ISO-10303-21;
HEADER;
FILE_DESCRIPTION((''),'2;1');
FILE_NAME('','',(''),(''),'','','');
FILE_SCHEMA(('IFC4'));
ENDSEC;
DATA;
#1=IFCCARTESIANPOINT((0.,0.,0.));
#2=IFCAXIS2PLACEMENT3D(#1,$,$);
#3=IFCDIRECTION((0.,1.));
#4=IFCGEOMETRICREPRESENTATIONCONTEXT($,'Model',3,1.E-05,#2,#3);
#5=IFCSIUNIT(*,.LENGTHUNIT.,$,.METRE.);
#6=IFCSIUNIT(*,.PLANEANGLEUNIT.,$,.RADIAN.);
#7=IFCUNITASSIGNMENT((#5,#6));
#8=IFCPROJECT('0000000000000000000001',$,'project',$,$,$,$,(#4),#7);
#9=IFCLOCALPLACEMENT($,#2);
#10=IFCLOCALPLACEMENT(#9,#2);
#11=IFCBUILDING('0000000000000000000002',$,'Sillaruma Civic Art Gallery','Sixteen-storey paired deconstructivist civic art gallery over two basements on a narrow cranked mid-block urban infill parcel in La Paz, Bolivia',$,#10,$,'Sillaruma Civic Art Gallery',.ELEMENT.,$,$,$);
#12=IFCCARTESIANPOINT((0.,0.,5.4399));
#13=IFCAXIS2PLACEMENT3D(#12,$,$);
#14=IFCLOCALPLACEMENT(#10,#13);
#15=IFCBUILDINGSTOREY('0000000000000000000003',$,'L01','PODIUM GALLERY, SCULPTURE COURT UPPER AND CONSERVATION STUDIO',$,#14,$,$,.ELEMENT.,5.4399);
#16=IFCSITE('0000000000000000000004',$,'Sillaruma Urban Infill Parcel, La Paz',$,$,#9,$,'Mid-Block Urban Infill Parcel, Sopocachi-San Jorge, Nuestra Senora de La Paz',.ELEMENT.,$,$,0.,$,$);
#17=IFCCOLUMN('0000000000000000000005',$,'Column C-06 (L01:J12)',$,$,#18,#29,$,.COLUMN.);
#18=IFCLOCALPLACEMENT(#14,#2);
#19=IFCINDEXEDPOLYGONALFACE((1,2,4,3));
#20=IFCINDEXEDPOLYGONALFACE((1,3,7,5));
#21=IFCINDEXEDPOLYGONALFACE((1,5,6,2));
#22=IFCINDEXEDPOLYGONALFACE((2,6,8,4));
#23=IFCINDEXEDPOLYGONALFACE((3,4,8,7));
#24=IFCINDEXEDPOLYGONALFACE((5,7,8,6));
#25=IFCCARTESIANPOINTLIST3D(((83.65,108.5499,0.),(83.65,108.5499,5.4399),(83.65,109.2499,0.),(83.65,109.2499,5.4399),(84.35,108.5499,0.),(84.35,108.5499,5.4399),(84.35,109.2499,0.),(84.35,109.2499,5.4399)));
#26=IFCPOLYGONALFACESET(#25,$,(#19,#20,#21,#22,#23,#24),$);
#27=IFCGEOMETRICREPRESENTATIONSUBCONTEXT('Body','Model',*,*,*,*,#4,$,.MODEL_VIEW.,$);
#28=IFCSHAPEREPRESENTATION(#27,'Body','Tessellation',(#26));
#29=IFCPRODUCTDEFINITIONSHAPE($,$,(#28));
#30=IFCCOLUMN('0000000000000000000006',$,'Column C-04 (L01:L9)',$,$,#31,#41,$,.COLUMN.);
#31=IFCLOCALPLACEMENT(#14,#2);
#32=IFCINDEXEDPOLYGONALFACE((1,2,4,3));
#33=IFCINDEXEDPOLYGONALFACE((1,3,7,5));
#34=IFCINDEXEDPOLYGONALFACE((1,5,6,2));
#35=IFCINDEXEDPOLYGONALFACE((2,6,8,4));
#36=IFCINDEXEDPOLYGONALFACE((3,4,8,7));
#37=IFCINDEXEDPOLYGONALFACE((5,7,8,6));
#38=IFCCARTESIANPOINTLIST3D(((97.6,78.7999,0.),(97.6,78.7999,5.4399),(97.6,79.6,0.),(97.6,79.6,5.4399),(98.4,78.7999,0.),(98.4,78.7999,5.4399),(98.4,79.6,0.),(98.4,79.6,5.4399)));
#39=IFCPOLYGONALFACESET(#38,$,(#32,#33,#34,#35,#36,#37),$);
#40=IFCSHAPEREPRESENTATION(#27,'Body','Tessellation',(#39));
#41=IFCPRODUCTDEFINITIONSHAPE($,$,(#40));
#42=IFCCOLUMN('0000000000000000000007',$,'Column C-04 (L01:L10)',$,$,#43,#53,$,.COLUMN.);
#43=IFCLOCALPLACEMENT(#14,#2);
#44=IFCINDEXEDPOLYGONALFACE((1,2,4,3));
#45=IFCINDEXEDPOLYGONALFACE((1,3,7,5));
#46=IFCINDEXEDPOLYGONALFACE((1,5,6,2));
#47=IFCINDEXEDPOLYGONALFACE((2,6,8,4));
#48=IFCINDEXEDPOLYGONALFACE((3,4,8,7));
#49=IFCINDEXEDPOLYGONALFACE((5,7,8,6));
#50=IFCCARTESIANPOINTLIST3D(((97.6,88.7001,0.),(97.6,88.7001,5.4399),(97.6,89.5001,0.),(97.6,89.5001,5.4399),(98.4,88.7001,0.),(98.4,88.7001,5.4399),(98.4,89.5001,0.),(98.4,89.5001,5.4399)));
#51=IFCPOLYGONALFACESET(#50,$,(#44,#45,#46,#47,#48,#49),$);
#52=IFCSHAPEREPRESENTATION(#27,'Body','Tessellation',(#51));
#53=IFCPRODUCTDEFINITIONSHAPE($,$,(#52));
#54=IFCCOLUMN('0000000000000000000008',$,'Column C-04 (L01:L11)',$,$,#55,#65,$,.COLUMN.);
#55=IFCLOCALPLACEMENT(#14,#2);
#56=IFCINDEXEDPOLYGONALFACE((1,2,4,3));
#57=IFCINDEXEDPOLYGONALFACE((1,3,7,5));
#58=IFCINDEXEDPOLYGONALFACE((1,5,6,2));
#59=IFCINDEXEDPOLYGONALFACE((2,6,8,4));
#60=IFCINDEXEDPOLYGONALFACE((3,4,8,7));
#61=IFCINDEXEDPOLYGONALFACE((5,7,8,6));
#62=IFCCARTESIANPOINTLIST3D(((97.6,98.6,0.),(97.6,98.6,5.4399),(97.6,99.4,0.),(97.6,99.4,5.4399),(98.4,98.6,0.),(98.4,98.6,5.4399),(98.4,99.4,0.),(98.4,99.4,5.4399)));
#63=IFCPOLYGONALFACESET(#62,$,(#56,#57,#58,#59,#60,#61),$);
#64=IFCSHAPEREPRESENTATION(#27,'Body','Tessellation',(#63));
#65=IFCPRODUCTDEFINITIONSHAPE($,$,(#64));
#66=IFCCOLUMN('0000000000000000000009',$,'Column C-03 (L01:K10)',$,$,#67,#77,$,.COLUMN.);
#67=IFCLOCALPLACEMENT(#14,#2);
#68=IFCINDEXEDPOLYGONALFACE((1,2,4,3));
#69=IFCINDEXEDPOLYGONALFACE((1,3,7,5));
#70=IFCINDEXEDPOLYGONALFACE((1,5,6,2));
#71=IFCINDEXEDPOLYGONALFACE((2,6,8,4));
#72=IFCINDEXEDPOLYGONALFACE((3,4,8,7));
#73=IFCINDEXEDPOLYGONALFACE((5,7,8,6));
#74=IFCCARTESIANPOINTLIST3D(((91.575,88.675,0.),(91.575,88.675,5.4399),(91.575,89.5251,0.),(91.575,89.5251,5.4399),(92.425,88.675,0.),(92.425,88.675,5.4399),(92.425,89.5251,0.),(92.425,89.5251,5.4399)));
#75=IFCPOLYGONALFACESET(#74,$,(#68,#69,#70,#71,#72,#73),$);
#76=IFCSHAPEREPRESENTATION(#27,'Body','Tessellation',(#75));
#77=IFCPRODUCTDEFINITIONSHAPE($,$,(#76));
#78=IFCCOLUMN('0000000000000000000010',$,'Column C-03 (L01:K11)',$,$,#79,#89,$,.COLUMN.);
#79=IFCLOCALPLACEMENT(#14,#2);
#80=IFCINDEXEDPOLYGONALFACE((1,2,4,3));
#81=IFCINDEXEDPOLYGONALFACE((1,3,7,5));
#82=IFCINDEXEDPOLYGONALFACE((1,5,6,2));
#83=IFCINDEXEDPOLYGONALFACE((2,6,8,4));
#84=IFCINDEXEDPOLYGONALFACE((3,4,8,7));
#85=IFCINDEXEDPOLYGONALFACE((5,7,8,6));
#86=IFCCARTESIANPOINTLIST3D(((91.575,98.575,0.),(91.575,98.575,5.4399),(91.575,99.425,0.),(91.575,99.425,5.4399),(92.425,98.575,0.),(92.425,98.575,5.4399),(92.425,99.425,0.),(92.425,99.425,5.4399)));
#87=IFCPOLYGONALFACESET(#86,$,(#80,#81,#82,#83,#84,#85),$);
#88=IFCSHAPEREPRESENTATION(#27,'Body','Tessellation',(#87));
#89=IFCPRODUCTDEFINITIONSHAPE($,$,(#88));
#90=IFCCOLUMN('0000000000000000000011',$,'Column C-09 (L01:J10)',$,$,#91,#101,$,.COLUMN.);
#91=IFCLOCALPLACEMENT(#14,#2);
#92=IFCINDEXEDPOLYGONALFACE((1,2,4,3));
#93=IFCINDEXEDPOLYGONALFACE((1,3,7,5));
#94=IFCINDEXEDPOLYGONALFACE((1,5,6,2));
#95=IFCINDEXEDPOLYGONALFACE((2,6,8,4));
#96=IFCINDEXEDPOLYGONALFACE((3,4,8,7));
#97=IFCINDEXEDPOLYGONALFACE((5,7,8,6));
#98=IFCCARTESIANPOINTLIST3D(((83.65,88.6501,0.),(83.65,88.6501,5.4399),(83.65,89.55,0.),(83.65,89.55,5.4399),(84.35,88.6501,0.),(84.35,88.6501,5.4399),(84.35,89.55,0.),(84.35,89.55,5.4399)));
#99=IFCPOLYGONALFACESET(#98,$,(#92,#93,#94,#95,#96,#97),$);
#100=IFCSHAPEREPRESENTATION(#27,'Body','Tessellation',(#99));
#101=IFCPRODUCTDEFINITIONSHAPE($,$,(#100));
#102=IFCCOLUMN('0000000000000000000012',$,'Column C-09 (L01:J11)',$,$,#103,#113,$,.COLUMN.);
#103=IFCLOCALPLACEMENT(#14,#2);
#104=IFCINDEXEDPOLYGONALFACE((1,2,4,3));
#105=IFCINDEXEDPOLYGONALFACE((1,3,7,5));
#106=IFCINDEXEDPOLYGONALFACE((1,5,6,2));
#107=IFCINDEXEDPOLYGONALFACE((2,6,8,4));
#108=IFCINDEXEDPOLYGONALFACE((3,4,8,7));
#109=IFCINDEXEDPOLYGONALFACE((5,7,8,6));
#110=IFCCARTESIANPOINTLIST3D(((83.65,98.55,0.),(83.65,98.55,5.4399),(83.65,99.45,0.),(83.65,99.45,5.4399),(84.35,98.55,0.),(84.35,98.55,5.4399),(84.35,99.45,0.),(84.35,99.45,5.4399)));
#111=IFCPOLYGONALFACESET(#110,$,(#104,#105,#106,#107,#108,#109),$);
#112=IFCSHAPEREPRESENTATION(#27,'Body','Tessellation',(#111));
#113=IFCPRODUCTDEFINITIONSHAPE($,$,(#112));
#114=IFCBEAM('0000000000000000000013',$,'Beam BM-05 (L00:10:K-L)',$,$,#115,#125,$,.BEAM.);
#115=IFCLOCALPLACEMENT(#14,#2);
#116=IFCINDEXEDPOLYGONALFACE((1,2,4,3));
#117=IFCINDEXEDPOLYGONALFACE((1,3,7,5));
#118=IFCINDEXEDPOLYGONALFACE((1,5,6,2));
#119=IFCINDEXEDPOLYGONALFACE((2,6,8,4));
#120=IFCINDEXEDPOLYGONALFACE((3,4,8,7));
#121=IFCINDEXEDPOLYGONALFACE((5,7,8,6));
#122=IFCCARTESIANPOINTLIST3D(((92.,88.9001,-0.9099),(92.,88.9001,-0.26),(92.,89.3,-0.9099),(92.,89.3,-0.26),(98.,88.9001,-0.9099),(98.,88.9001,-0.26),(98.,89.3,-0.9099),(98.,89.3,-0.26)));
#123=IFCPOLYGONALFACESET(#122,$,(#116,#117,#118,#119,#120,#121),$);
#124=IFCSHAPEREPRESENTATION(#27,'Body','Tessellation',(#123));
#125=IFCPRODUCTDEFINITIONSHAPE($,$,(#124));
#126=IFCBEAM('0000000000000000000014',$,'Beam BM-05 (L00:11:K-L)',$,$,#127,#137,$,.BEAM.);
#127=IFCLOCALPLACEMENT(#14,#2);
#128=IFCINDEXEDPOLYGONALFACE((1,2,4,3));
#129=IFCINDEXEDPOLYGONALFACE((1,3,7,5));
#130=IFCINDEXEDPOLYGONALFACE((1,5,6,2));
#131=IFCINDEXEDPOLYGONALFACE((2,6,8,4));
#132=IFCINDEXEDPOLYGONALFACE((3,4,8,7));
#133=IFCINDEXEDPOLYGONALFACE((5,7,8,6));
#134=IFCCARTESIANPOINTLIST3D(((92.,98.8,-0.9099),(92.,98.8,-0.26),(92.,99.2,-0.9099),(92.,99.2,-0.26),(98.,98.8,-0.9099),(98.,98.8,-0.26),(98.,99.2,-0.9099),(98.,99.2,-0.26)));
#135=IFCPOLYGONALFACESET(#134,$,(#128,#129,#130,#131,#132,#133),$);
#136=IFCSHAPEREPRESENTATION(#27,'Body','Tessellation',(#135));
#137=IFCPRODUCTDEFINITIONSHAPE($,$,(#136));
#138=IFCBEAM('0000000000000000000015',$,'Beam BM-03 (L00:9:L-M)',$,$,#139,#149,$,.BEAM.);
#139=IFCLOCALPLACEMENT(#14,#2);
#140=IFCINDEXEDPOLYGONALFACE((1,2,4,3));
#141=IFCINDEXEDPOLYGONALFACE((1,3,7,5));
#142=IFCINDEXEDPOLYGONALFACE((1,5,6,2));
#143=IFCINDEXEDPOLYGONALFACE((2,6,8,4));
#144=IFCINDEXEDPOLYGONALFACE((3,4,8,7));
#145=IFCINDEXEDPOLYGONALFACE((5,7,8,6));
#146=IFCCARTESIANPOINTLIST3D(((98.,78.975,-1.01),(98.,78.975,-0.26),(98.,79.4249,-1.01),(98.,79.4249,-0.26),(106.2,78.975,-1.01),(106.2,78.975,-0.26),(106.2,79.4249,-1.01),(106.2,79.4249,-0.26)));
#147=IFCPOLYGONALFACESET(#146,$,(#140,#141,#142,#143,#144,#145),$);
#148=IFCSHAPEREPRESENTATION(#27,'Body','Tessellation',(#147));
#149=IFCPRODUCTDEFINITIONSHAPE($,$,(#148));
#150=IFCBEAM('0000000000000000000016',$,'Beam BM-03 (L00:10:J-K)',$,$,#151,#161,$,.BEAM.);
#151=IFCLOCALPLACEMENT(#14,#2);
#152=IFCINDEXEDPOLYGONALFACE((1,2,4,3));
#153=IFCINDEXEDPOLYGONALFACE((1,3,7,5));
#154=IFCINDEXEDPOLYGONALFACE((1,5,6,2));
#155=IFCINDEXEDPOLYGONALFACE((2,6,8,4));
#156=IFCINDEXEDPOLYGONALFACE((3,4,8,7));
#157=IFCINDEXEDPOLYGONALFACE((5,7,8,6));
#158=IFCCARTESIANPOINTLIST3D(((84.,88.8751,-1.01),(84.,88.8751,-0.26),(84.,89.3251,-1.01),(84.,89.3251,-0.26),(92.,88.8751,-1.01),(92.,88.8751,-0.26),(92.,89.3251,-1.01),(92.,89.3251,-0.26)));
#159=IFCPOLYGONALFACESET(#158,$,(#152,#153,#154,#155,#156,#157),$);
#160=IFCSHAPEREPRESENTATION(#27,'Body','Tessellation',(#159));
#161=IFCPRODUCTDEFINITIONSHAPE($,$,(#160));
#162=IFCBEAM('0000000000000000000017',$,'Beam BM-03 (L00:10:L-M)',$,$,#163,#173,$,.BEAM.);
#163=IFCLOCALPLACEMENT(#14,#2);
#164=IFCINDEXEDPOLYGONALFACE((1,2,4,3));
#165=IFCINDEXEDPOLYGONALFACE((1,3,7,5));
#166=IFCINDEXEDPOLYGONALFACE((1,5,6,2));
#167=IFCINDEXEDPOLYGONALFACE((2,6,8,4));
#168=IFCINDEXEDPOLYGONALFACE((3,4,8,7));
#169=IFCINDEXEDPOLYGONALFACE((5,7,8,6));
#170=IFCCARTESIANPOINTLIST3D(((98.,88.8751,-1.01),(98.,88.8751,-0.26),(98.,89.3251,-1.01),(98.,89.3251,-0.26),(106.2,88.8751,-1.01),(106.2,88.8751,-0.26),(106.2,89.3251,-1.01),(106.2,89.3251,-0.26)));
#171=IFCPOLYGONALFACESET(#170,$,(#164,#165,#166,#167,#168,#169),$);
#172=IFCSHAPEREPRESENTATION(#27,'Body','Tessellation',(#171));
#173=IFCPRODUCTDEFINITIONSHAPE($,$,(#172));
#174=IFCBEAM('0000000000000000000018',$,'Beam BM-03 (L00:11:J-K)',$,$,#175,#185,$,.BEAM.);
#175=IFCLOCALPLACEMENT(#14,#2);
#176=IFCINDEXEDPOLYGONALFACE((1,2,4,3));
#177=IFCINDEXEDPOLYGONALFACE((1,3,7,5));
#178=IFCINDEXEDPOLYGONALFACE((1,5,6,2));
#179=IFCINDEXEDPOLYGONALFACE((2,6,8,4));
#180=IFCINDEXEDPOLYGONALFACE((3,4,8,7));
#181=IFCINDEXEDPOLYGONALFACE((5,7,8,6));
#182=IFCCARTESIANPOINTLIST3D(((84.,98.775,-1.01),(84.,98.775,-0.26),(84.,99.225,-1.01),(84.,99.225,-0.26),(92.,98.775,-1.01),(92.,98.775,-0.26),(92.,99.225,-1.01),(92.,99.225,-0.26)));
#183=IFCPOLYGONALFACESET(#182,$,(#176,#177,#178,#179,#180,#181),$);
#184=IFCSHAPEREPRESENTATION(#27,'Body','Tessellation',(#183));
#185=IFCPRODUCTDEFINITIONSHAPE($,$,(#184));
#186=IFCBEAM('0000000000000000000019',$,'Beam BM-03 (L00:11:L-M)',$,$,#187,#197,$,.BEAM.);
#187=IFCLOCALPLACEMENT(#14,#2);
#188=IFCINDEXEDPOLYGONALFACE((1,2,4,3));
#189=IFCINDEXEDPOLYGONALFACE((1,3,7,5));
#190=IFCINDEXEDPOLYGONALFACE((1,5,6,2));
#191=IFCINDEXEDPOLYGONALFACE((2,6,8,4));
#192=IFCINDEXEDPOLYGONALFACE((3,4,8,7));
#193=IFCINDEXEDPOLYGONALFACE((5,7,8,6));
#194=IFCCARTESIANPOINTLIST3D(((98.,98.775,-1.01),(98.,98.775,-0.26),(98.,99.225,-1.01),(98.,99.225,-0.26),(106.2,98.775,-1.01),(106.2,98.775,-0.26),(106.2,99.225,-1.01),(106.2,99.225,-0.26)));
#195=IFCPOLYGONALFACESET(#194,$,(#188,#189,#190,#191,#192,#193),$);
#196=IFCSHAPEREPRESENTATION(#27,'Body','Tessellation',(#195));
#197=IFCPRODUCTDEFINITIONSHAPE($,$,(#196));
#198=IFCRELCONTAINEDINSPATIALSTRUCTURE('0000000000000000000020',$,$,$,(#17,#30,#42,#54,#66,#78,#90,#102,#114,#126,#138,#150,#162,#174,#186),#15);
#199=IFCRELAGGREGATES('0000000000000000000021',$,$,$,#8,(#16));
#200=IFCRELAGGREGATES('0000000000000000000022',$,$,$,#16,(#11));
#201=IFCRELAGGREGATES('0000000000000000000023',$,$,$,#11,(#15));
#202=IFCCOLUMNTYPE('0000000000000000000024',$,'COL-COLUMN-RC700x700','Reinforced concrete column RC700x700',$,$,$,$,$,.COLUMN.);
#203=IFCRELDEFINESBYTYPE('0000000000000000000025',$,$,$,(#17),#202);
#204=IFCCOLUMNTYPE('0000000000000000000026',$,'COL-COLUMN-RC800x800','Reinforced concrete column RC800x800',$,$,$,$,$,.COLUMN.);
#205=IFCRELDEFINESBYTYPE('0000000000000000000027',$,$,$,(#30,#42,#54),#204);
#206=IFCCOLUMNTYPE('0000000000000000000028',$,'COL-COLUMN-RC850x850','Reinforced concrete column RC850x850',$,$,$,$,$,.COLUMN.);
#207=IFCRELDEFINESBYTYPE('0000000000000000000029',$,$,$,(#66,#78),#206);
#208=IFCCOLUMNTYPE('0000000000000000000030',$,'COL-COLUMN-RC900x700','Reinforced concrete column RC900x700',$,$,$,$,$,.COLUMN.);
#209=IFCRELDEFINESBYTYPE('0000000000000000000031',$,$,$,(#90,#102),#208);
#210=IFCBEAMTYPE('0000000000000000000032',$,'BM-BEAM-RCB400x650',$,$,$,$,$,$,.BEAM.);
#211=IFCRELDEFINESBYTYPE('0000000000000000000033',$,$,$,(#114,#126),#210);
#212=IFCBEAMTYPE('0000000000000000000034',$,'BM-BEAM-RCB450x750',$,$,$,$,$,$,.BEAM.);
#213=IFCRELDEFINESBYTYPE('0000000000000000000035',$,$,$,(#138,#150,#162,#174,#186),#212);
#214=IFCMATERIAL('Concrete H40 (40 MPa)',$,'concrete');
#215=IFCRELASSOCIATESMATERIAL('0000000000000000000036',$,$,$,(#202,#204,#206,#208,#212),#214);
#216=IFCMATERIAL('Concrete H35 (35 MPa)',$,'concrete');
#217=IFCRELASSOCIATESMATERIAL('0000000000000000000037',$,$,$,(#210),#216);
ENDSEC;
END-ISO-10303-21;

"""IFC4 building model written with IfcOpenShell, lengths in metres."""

from ifc_helpers import new_model, si_unit, direction, frame, origin, origin_2d, place, context, subcontext, project, spatial, rectangle, extrude, material, material_profile, profile_set, type_object, element, save


model = new_model("IFC4")

# Units and contexts
model_context = context("Model", 3, precision=1e-05, world=origin(), true_north=direction((0.0, 1.0)))
body_context = subcontext(model_context, "Body", "Model", "MODEL_VIEW")
ifc_project = project(units=[si_unit("LENGTHUNIT", "METRE"), si_unit("PLANEANGLEUNIT", "RADIAN")], contexts=[model_context])

# Site, building, storey
site_placement = place(None, origin())
site = spatial("IfcSite", under=ifc_project, at=site_placement, Name="Sillaruma Urban Infill Parcel, La Paz", LongName="Mid-Block Urban Infill Parcel, Sopocachi-San Jorge, Nuestra Senora de La Paz", CompositionType="ELEMENT", RefElevation=0.0)
building_placement = place(site_placement, origin())
building = spatial("IfcBuilding", under=site, at=building_placement, Name="Sillaruma Civic Art Gallery", Description="Sixteen-storey paired deconstructivist civic art gallery over two basements on a narrow cranked mid-block urban infill parcel in La Paz, Bolivia", LongName="Sillaruma Civic Art Gallery", CompositionType="ELEMENT")
storey_placement = place(building_placement, frame((0.0, 0.0, 5.4399)))
storey = spatial("IfcBuildingStorey", under=building, at=storey_placement, Name="L01", Description="PODIUM GALLERY, SCULPTURE COURT UPPER AND CONSERVATION STUDIO", CompositionType="ELEMENT", Elevation=5.4399)

# Columns
ifc_material_1 = material(Name="Concrete H40 (40 MPa)", Category="concrete")
ifc_material_profile_1 = material_profile(ifc_material_1, rectangle(XDim=0.7, YDim=0.7, at=origin_2d()), Name="RC700x700")
ifc_profile_set_1 = profile_set([ifc_material_profile_1], Name="Concrete H40 (40 MPa)")
column_type_1 = type_object("IfcColumnType", Name="COL-COLUMN-RC700x700", Description="Reinforced concrete column RC700x700", PredefinedType="COLUMN", material=ifc_profile_set_1)
column_placement = place(storey_placement, frame((84.0, 108.8999, 0.0), z_axis=(0.0, 0.0, 1.0), x_axis=(1.0, 0.0, 0.0)))
element("IfcColumn", 1, at=column_placement, inside=storey, type_object=column_type_1, Name="Column C-06 (L01:J12)", PredefinedType="COLUMN", context=body_context, shape_type="SweptSolid", body=[
    extrude(rectangle(XDim=0.7, YDim=0.7, at=origin_2d()), origin(), (0.0, 0.0, 1.0), 5.4399),
])
ifc_material_profile_2 = material_profile(ifc_material_1, rectangle(XDim=0.8, YDim=0.8, at=origin_2d()), Name="RC800x800")
ifc_profile_set_2 = profile_set([ifc_material_profile_2], Name="Concrete H40 (40 MPa)")
column_type_2 = type_object("IfcColumnType", Name="COL-COLUMN-RC800x800", Description="Reinforced concrete column RC800x800", PredefinedType="COLUMN", material=ifc_profile_set_2)
for number, where, z_axis, x_axis, name in (
    (2, (98.0, 79.2, 0.0), (0.0, 0.0, 1.0), (1.0, 0.0, 0.0), "Column C-04 (L01:L9)"),
    (3, (98.0, 89.1001, 0.0), (0.0, 0.0, 1.0), (1.0, 0.0, 0.0), "Column C-04 (L01:L10)"),
    (4, (98.0, 99.0, 0.0), (0.0, 0.0, 1.0), (1.0, 0.0, 0.0), "Column C-04 (L01:L11)"),
):
    element("IfcColumn", number, at=place(storey_placement, frame(where, z_axis=z_axis, x_axis=x_axis)), inside=storey, type_object=column_type_2, Name=name, PredefinedType="COLUMN", context=body_context, shape_type="SweptSolid", body=[
        extrude(rectangle(XDim=0.8, YDim=0.8, at=origin_2d()), origin(), (0.0, 0.0, 1.0), 5.4399),
    ])
ifc_material_profile_3 = material_profile(ifc_material_1, rectangle(XDim=0.8501, YDim=0.8501, at=origin_2d()), Name="RC850x850")
ifc_profile_set_3 = profile_set([ifc_material_profile_3], Name="Concrete H40 (40 MPa)")
column_type_3 = type_object("IfcColumnType", Name="COL-COLUMN-RC850x850", Description="Reinforced concrete column RC850x850", PredefinedType="COLUMN", material=ifc_profile_set_3)
for number, where, z_axis, x_axis, name in (
    (5, (92.0, 89.1001, 0.0), (0.0, 0.0, 1.0), (1.0, 0.0, 0.0), "Column C-03 (L01:K10)"),
    (6, (92.0, 99.0, 0.0), (0.0, 0.0, 1.0), (1.0, 0.0, 0.0), "Column C-03 (L01:K11)"),
):
    element("IfcColumn", number, at=place(storey_placement, frame(where, z_axis=z_axis, x_axis=x_axis)), inside=storey, type_object=column_type_3, Name=name, PredefinedType="COLUMN", context=body_context, shape_type="SweptSolid", body=[
        extrude(rectangle(XDim=0.8501, YDim=0.8501, at=origin_2d()), origin(), (0.0, 0.0, 1.0), 5.4399),
    ])
ifc_material_profile_4 = material_profile(ifc_material_1, rectangle(XDim=0.7, YDim=0.8999, at=origin_2d()), Name="RC900x700")
ifc_profile_set_4 = profile_set([ifc_material_profile_4], Name="Concrete H40 (40 MPa)")
column_type_4 = type_object("IfcColumnType", Name="COL-COLUMN-RC900x700", Description="Reinforced concrete column RC900x700", PredefinedType="COLUMN", material=ifc_profile_set_4)
for number, where, z_axis, x_axis, name in (
    (7, (84.0, 89.1001, 0.0), (0.0, 0.0, 1.0), (1.0, 0.0, 0.0), "Column C-09 (L01:J10)"),
    (8, (84.0, 99.0, 0.0), (0.0, 0.0, 1.0), (1.0, 0.0, 0.0), "Column C-09 (L01:J11)"),
):
    element("IfcColumn", number, at=place(storey_placement, frame(where, z_axis=z_axis, x_axis=x_axis)), inside=storey, type_object=column_type_4, Name=name, PredefinedType="COLUMN", context=body_context, shape_type="SweptSolid", body=[
        extrude(rectangle(XDim=0.7, YDim=0.8999, at=origin_2d()), origin(), (0.0, 0.0, 1.0), 5.4399),
    ])

# Beams
ifc_material_2 = material(Name="Concrete H35 (35 MPa)", Category="concrete")
ifc_material_profile_5 = material_profile(ifc_material_2, rectangle(XDim=0.3999, YDim=0.6499, at=origin_2d()), Name="RCB400x650")
ifc_profile_set_5 = profile_set([ifc_material_profile_5], Name="Concrete H35 (35 MPa)")
beam_type_1 = type_object("IfcBeamType", Name="BM-BEAM-RCB400x650", PredefinedType="BEAM", material=ifc_profile_set_5)
for number, where, z_axis, x_axis, name in (
    (9, (92.0, 89.1001, -0.585), (1.0, 0.0, 0.0), (0.0, 1.0, 0.0), "Beam BM-05 (L00:10:K-L)"),
    (10, (92.0, 99.0, -0.585), (1.0, 0.0, 0.0), (0.0, 1.0, 0.0), "Beam BM-05 (L00:11:K-L)"),
):
    element("IfcBeam", number, at=place(storey_placement, frame(where, z_axis=z_axis, x_axis=x_axis)), inside=storey, type_object=beam_type_1, Name=name, PredefinedType="BEAM", context=body_context, shape_type="SweptSolid", body=[
        extrude(rectangle(XDim=0.3999, YDim=0.6499, at=origin_2d()), origin(), (0.0, 0.0, 1.0), 6.0),
    ])
ifc_material_profile_6 = material_profile(ifc_material_1, rectangle(XDim=0.45, YDim=0.75, at=origin_2d()), Name="RCB450x750")
ifc_profile_set_6 = profile_set([ifc_material_profile_6], Name="Concrete H40 (40 MPa)")
beam_type_2 = type_object("IfcBeamType", Name="BM-BEAM-RCB450x750", PredefinedType="BEAM", material=ifc_profile_set_6)
beam_1_placement = place(storey_placement, frame((98.0, 79.2, -0.635), z_axis=(1.0, 0.0, 0.0), x_axis=(0.0, 1.0, 0.0)))
element("IfcBeam", 11, at=beam_1_placement, inside=storey, type_object=beam_type_2, Name="Beam BM-03 (L00:9:L-M)", PredefinedType="BEAM", context=body_context, shape_type="SweptSolid", body=[
    extrude(rectangle(XDim=0.45, YDim=0.75, at=origin_2d()), origin(), (0.0, 0.0, 1.0), 8.2),
])
beam_2_placement = place(storey_placement, frame((84.0, 89.1001, -0.635), z_axis=(1.0, 0.0, 0.0), x_axis=(0.0, 1.0, 0.0)))
element("IfcBeam", 12, at=beam_2_placement, inside=storey, type_object=beam_type_2, Name="Beam BM-03 (L00:10:J-K)", PredefinedType="BEAM", context=body_context, shape_type="SweptSolid", body=[
    extrude(rectangle(XDim=0.45, YDim=0.75, at=origin_2d()), origin(), (0.0, 0.0, 1.0), 8.0),
])
beam_3_placement = place(storey_placement, frame((98.0, 89.1001, -0.635), z_axis=(1.0, 0.0, 0.0), x_axis=(0.0, 1.0, 0.0)))
element("IfcBeam", 13, at=beam_3_placement, inside=storey, type_object=beam_type_2, Name="Beam BM-03 (L00:10:L-M)", PredefinedType="BEAM", context=body_context, shape_type="SweptSolid", body=[
    extrude(rectangle(XDim=0.45, YDim=0.75, at=origin_2d()), origin(), (0.0, 0.0, 1.0), 8.2),
])
beam_4_placement = place(storey_placement, frame((84.0, 99.0, -0.635), z_axis=(1.0, 0.0, 0.0), x_axis=(0.0, 1.0, 0.0)))
element("IfcBeam", 14, at=beam_4_placement, inside=storey, type_object=beam_type_2, Name="Beam BM-03 (L00:11:J-K)", PredefinedType="BEAM", context=body_context, shape_type="SweptSolid", body=[
    extrude(rectangle(XDim=0.45, YDim=0.75, at=origin_2d()), origin(), (0.0, 0.0, 1.0), 8.0),
])
beam_5_placement = place(storey_placement, frame((98.0, 99.0, -0.635), z_axis=(1.0, 0.0, 0.0), x_axis=(0.0, 1.0, 0.0)))
element("IfcBeam", 15, at=beam_5_placement, inside=storey, type_object=beam_type_2, Name="Beam BM-03 (L00:11:L-M)", PredefinedType="BEAM", context=body_context, shape_type="SweptSolid", body=[
    extrude(rectangle(XDim=0.45, YDim=0.75, at=origin_2d()), origin(), (0.0, 0.0, 1.0), 8.2),
])

save(model, "model.ifc")
